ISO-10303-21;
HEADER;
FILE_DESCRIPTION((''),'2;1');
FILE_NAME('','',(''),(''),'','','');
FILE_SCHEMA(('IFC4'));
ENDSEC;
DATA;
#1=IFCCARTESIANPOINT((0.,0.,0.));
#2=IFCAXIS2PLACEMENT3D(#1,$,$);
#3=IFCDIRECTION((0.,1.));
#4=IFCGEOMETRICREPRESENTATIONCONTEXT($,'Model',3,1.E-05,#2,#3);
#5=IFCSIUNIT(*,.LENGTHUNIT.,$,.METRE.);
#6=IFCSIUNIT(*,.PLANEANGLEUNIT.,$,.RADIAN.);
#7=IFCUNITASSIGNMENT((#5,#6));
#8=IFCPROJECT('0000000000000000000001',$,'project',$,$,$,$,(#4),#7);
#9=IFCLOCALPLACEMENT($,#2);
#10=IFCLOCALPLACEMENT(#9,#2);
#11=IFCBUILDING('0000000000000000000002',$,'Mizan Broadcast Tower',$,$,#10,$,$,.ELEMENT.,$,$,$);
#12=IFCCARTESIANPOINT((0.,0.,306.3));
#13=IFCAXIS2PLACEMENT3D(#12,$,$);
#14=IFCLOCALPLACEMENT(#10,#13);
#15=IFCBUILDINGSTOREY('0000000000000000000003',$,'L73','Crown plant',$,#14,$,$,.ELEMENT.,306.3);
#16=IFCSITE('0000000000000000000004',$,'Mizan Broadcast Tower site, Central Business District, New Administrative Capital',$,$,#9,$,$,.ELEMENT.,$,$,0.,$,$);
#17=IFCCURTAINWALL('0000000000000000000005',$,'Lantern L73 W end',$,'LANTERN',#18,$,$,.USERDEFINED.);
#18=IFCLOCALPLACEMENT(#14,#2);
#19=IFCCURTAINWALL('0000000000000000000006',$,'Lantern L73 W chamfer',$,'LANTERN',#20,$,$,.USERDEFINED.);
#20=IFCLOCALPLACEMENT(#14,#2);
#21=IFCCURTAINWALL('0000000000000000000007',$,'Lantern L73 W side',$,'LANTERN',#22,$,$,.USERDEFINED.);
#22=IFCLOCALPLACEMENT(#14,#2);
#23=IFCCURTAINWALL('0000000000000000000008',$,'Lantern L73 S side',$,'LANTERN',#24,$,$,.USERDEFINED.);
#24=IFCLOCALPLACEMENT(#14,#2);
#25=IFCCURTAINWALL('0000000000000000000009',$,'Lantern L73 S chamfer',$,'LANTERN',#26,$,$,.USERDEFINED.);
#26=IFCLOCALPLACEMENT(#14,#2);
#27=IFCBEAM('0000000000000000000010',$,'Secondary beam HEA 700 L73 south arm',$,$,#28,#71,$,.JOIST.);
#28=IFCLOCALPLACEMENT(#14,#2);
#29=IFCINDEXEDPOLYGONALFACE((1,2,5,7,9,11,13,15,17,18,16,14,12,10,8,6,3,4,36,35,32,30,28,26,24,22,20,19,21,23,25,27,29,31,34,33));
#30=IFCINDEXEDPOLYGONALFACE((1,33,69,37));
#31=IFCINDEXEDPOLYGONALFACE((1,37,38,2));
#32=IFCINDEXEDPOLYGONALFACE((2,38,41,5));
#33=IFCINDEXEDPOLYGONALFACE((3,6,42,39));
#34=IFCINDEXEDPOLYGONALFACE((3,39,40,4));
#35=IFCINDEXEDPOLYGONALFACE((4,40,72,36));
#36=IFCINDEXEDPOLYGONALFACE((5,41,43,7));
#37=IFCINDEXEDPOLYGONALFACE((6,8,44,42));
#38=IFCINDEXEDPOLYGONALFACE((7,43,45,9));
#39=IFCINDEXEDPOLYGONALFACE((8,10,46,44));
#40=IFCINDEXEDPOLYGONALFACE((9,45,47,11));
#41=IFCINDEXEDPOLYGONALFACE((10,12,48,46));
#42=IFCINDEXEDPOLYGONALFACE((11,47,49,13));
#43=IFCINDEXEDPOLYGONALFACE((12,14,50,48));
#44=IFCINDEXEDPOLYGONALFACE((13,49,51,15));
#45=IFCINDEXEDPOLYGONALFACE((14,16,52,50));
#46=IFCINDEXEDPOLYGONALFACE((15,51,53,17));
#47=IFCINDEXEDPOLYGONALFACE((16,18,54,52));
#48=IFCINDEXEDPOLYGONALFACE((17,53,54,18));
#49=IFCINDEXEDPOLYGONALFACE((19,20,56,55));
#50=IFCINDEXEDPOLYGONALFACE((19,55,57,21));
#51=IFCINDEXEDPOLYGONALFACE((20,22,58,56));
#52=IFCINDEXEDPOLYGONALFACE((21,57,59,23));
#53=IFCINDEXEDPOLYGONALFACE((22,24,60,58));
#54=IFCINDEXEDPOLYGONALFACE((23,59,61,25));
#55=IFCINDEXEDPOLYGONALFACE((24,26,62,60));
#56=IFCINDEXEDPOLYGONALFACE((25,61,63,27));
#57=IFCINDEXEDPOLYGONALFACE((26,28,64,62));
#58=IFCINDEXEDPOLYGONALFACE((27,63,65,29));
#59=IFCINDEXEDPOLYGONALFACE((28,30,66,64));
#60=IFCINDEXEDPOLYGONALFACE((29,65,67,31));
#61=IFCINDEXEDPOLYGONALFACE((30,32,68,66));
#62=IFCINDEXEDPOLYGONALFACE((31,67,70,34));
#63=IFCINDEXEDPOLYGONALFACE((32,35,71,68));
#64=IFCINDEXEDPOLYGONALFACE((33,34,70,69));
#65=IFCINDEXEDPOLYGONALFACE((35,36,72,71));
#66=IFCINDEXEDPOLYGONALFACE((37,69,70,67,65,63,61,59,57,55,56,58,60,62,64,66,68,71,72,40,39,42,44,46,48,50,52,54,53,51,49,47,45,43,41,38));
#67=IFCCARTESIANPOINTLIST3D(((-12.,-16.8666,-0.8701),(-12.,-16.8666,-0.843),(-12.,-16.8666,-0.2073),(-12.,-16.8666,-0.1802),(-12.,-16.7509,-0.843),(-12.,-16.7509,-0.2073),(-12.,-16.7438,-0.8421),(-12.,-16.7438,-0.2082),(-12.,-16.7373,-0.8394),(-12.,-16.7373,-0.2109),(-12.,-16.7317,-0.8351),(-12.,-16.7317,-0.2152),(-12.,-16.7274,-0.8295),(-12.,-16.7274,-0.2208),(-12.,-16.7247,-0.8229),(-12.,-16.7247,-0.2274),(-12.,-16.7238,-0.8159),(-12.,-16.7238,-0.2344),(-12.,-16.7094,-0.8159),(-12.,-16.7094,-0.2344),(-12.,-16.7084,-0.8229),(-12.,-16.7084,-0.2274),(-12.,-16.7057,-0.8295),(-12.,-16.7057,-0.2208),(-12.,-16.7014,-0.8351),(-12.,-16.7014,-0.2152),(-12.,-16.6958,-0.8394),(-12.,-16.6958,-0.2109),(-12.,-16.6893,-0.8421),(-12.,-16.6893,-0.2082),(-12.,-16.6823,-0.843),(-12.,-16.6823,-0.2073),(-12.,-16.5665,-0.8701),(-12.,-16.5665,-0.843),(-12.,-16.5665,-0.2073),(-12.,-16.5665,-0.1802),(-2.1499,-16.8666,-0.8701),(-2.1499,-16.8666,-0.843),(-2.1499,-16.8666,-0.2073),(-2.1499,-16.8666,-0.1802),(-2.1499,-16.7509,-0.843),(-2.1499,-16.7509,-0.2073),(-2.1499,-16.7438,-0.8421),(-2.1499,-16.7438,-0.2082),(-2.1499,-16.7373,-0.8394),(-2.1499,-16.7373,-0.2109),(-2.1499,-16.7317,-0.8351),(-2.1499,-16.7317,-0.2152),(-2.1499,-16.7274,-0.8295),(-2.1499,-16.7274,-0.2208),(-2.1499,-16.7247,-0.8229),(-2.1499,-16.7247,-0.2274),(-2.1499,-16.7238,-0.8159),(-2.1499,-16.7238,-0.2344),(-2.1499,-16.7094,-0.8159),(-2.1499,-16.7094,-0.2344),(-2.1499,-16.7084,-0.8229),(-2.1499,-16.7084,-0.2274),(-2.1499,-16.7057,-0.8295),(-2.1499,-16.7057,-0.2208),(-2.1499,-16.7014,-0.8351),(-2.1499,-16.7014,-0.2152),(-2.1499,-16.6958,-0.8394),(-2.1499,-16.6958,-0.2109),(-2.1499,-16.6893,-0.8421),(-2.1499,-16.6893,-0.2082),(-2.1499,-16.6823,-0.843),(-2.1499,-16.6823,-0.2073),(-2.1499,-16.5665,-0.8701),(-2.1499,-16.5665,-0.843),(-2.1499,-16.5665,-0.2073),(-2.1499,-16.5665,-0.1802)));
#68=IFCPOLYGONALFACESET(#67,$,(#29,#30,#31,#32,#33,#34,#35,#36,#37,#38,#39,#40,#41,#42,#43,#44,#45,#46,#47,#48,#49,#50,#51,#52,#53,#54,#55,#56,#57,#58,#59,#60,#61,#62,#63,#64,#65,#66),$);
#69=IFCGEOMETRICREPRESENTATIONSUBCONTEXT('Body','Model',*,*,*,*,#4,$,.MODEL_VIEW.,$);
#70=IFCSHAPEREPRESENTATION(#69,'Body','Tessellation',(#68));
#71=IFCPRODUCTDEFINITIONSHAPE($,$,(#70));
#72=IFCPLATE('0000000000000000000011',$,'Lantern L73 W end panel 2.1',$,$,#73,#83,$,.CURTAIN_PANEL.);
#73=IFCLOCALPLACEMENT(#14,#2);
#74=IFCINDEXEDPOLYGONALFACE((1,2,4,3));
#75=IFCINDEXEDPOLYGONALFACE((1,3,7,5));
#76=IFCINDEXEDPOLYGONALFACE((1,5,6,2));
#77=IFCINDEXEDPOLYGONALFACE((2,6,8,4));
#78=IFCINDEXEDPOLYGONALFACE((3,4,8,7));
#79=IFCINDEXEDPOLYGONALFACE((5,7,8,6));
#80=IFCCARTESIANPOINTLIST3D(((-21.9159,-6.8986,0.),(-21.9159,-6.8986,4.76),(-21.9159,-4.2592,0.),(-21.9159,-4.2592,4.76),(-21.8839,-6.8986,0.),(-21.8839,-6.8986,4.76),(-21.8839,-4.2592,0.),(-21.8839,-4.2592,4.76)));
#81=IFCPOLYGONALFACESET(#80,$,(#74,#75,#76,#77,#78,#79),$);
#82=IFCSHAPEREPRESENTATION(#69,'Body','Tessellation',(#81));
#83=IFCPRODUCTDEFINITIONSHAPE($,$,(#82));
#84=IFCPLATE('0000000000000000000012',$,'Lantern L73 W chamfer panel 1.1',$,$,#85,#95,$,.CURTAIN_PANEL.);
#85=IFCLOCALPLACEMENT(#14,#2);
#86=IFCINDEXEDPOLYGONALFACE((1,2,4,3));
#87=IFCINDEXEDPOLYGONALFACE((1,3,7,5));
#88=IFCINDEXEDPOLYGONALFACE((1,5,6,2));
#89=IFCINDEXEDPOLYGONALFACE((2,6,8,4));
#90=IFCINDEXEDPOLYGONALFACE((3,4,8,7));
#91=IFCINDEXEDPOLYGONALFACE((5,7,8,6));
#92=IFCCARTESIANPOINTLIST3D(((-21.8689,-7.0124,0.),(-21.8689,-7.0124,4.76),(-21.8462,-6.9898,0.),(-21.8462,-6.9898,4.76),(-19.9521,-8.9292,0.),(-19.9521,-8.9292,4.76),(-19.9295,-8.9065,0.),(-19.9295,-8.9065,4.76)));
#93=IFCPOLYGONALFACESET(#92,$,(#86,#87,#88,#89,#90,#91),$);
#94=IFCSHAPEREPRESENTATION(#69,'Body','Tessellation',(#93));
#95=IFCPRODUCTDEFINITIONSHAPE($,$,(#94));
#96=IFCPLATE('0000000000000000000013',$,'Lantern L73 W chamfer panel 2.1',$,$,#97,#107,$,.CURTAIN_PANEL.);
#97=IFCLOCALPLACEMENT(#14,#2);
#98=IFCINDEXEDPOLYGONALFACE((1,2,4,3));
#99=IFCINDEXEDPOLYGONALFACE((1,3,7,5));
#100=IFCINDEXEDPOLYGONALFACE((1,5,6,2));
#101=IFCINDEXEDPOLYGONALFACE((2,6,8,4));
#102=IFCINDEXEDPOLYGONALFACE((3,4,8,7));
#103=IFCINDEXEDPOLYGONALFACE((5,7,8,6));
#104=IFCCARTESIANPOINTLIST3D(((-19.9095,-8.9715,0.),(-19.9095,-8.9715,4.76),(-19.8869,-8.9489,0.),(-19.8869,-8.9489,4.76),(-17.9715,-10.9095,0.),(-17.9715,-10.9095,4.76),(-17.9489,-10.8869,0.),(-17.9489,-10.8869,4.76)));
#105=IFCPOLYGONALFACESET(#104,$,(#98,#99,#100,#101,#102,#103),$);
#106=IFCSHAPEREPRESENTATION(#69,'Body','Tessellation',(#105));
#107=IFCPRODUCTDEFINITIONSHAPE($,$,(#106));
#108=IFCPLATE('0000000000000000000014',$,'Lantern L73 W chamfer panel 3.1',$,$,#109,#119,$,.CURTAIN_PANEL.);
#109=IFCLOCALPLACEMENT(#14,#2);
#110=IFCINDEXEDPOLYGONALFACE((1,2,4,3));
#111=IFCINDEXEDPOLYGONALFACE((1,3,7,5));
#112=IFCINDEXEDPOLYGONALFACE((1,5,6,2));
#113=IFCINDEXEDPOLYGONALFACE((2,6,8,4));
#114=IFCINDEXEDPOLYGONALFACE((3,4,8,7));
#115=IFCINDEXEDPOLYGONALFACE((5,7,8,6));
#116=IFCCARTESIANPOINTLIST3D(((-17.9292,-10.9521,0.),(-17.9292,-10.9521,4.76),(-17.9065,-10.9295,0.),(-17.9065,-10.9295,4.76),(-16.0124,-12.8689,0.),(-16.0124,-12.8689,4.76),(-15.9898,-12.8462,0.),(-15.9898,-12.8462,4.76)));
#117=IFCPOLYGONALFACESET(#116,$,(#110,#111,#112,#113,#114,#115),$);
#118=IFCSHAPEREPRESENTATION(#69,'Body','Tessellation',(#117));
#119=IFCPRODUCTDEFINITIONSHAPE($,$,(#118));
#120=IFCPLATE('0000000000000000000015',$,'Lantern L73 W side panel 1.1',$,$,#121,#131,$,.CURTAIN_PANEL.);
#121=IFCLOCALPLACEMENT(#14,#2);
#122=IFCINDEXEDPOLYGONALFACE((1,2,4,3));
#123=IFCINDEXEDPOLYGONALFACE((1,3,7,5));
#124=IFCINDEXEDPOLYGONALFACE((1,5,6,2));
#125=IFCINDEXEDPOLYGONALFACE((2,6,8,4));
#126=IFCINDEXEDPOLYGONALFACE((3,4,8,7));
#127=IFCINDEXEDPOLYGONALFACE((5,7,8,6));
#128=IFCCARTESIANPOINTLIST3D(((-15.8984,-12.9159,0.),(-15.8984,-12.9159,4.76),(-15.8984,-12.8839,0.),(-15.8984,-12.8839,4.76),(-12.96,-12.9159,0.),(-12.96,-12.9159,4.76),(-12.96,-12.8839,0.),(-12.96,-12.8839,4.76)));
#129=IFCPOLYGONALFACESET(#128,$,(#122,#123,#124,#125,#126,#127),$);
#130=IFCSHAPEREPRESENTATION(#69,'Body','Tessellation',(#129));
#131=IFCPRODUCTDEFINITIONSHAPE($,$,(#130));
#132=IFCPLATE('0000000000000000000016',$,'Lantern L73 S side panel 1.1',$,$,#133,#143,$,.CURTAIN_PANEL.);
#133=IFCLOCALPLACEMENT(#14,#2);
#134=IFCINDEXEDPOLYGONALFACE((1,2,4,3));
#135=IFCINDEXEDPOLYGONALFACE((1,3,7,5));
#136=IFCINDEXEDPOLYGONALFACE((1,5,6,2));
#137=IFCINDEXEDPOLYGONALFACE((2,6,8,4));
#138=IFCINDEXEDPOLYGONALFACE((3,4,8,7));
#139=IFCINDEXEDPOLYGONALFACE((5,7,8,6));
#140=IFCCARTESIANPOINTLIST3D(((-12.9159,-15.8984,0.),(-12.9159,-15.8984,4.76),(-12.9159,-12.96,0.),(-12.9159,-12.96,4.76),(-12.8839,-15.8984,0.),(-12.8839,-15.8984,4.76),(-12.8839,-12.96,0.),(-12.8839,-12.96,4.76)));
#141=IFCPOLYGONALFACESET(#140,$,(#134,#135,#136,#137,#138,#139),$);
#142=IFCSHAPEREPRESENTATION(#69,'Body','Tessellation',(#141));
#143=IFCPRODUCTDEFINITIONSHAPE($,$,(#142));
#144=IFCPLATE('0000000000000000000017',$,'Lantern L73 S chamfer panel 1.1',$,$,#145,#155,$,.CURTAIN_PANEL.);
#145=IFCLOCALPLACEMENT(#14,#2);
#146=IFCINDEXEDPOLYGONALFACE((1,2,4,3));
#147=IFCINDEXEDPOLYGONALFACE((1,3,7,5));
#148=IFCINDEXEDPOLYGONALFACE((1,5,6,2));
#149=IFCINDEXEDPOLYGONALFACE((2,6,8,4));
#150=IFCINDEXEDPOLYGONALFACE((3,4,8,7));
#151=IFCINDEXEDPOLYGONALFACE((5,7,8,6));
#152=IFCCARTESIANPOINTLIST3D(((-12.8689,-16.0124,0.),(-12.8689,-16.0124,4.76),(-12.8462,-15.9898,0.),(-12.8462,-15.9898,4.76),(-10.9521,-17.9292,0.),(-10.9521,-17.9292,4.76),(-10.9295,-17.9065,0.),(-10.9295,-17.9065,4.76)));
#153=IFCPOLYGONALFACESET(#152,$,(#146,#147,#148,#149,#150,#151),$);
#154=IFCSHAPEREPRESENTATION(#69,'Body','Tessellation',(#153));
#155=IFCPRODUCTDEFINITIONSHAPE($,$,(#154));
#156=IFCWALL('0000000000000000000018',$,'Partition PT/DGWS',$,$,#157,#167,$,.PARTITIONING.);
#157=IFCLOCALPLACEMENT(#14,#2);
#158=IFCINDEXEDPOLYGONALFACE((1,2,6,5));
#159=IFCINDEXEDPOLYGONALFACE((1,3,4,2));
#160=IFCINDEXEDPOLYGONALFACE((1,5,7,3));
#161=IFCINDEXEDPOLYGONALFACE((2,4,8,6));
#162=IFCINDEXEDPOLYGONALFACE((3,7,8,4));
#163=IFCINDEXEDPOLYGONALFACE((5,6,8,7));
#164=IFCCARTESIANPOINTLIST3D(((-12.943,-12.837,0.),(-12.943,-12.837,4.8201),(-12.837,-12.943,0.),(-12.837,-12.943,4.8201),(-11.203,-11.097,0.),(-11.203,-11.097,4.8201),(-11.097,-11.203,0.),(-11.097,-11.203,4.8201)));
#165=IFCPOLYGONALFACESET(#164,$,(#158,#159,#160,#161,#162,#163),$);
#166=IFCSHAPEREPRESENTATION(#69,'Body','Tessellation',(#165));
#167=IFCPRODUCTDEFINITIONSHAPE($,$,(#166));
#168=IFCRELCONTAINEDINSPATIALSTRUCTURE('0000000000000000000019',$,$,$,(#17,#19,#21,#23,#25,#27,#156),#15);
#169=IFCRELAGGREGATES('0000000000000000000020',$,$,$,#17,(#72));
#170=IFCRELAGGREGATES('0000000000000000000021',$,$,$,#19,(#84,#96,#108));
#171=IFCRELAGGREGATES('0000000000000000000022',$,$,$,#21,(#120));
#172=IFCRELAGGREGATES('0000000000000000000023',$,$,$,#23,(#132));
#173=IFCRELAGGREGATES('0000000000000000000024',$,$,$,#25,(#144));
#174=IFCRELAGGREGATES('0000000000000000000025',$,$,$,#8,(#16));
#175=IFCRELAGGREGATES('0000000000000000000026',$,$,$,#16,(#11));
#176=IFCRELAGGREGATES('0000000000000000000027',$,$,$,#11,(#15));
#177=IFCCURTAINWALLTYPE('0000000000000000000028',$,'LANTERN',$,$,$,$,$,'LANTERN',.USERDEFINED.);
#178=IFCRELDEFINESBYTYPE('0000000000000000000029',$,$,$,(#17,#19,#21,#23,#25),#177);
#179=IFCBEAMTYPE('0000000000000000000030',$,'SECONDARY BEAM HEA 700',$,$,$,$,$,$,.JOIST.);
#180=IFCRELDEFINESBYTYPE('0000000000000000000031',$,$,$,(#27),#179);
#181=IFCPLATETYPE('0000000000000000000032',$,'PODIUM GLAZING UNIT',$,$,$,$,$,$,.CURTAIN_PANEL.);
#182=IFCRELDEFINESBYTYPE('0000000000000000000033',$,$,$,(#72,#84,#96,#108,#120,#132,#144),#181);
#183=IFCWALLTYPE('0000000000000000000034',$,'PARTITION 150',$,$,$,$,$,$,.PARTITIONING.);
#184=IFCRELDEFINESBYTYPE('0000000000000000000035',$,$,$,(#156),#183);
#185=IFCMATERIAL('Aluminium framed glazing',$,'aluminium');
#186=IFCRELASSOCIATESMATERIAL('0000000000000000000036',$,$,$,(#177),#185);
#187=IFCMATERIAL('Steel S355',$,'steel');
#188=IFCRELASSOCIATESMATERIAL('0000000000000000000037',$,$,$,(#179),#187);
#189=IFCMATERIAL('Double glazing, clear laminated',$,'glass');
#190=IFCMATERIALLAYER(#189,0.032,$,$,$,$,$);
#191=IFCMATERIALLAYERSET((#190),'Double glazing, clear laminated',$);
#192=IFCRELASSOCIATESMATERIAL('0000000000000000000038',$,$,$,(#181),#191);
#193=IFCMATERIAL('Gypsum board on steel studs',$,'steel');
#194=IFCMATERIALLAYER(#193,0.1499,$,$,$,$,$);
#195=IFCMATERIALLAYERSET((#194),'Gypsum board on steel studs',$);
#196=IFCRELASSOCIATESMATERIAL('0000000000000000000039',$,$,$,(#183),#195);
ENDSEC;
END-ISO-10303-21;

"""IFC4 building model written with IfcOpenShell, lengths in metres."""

from ifc_helpers import new_model, si_unit, direction, frame, frame_2d, origin, origin_2d, place, context, subcontext, project, spatial, rectangle, i_section, extrude, material, layer, layer_set, material_profile, profile_set, type_object, element, aggregate, save


model = new_model("IFC4")

# Units and contexts
model_context = context("Model", 3, precision=1e-05, world=origin(), true_north=direction((0.0, 1.0)))
body_context = subcontext(model_context, "Body", "Model", "MODEL_VIEW")
ifc_project = project(units=[si_unit("LENGTHUNIT", "METRE"), si_unit("PLANEANGLEUNIT", "RADIAN")], contexts=[model_context])

# Site, building, storey
site_placement = place(None, origin())
site = spatial("IfcSite", under=ifc_project, at=site_placement, Name="Mizan Broadcast Tower site, Central Business District, New Administrative Capital", CompositionType="ELEMENT", RefElevation=0.0)
building_placement = place(site_placement, origin())
building = spatial("IfcBuilding", under=site, at=building_placement, Name="Mizan Broadcast Tower", CompositionType="ELEMENT")
storey_placement = place(building_placement, frame((0.0, 0.0, 306.3)))
storey = spatial("IfcBuildingStorey", under=building, at=storey_placement, Name="L73", Description="Crown plant", CompositionType="ELEMENT", Elevation=306.3)

# Curtain wall
ifc_material_1 = material(Name="Aluminium framed glazing", Category="aluminium")
curtain_wall_type = type_object("IfcCurtainWallType", Name="LANTERN", ElementType="LANTERN", PredefinedType="USERDEFINED", material=ifc_material_1)
curtain_wall_1_placement = place(storey_placement, origin())
curtain_wall_1 = element("IfcCurtainWall", 1, at=curtain_wall_1_placement, inside=storey, type_object=curtain_wall_type, Name="Lantern L73 W end", ObjectType="LANTERN", PredefinedType="USERDEFINED")

# Curtain wall
curtain_wall_2_placement = place(storey_placement, origin())
curtain_wall_2 = element("IfcCurtainWall", 2, at=curtain_wall_2_placement, inside=storey, type_object=curtain_wall_type, Name="Lantern L73 W chamfer", ObjectType="LANTERN", PredefinedType="USERDEFINED")

# Curtain walls
curtain_wall_3_placement = place(storey_placement, origin())
curtain_wall_3 = element("IfcCurtainWall", 3, at=curtain_wall_3_placement, inside=storey, type_object=curtain_wall_type, Name="Lantern L73 W side", ObjectType="LANTERN", PredefinedType="USERDEFINED")
curtain_wall_4_placement = place(storey_placement, origin())
curtain_wall_4 = element("IfcCurtainWall", 4, at=curtain_wall_4_placement, inside=storey, type_object=curtain_wall_type, Name="Lantern L73 S side", ObjectType="LANTERN", PredefinedType="USERDEFINED")

# Curtain wall
curtain_wall_5_placement = place(storey_placement, origin())
curtain_wall_5 = element("IfcCurtainWall", 5, at=curtain_wall_5_placement, inside=storey, type_object=curtain_wall_type, Name="Lantern L73 S chamfer", ObjectType="LANTERN", PredefinedType="USERDEFINED")

# Beam
ifc_material_2 = material(Name="Steel S355", Category="steel")
ifc_material_profile_1 = material_profile(ifc_material_2, i_section(OverallWidth=0.3, OverallDepth=0.6899, WebThickness=0.0144, FlangeThickness=0.0271, FilletRadius=0.0271, at=origin_2d()), Name="HEA 700")
ifc_profile_set_1 = profile_set([ifc_material_profile_1], Name="Steel S355")
beam_type_1 = type_object("IfcBeamType", Name="SECONDARY BEAM HEA 700", PredefinedType="JOIST", material=ifc_profile_set_1)
for number, where, z_axis, x_axis, name in (
    (6, (-12.0, -16.7166, -0.5251), (1.0, 0.0, 0.0), (0.0, 1.0, 0.0), "Secondary beam HEA 700 L73 south arm"),
):
    element("IfcBeam", number, at=place(storey_placement, frame(where, z_axis=z_axis, x_axis=x_axis)), inside=storey, type_object=beam_type_1, Name=name, PredefinedType="JOIST", context=body_context, shape_type="SweptSolid", body=[
        extrude(i_section(OverallWidth=0.3, OverallDepth=0.6899, WebThickness=0.0144, FlangeThickness=0.0271, FilletRadius=0.0271, at=origin_2d()), origin(), (0.0, 0.0, 1.0), 9.8501),
    ])

# Plates
ifc_material_3 = material(Name="Double glazing, clear laminated", Category="glass")
ifc_layer_1 = layer(ifc_material_3, 0.032)
ifc_layer_set_1 = layer_set([ifc_layer_1], Name="Double glazing, clear laminated")
plate_type = type_object("IfcPlateType", Name="PODIUM GLAZING UNIT", PredefinedType="CURTAIN_PANEL", material=ifc_layer_set_1)
plate_1_placement = place(storey_placement, frame((-21.8999, -5.5789, 0.0), z_axis=(0.0, 0.0, 1.0), x_axis=(0.0, -1.0, 0.0)))
plate_1 = element("IfcPlate", 7, at=plate_1_placement, type_object=plate_type, Name="Lantern L73 W end panel 2.1", PredefinedType="CURTAIN_PANEL", context=body_context, shape_type="SweptSolid", body=[
    extrude(rectangle(XDim=2.6394, YDim=0.032, at=origin_2d()), origin(), (0.0, 0.0, 1.0), 4.76),
])
aggregate(curtain_wall_1, [plate_1])
plate_2_placement = place(storey_placement, frame((-20.8992, -7.9595, 0.0), z_axis=(0.0, 0.0, 1.0), x_axis=(0.707107, -0.707107, 0.0)))
plate_2 = element("IfcPlate", 8, at=plate_2_placement, type_object=plate_type, Name="Lantern L73 W chamfer panel 1.1", PredefinedType="CURTAIN_PANEL", context=body_context, shape_type="SweptSolid", body=[
    extrude(rectangle(XDim=2.7107, YDim=0.032, at=origin_2d()), origin(), (0.0, 0.0, 1.0), 4.76),
])
plate_3_placement = place(storey_placement, frame((-18.9292, -9.9292, 0.0), z_axis=(0.0, 0.0, 1.0), x_axis=(0.707107, -0.707107, 0.0)))
plate_3 = element("IfcPlate", 9, at=plate_3_placement, type_object=plate_type, Name="Lantern L73 W chamfer panel 2.1", PredefinedType="CURTAIN_PANEL", context=body_context, shape_type="SweptSolid", body=[
    extrude(rectangle(XDim=2.7407, YDim=0.032, at=origin_2d()), origin(), (0.0, 0.0, 1.0), 4.76),
])
plate_4_placement = place(storey_placement, frame((-16.9595, -11.8992, 0.0), z_axis=(0.0, 0.0, 1.0), x_axis=(0.707107, -0.707107, 0.0)))
plate_4 = element("IfcPlate", 10, at=plate_4_placement, type_object=plate_type, Name="Lantern L73 W chamfer panel 3.1", PredefinedType="CURTAIN_PANEL", context=body_context, shape_type="SweptSolid", body=[
    extrude(rectangle(XDim=2.7107, YDim=0.032, at=origin_2d()), origin(), (0.0, 0.0, 1.0), 4.76),
])
aggregate(curtain_wall_2, [plate_2, plate_3, plate_4])
plate_5_placement = place(storey_placement, frame((-14.4292, -12.8999, 0.0), z_axis=(0.0, 0.0, 1.0), x_axis=(1.0, 0.0, 0.0)))
plate_5 = element("IfcPlate", 11, at=plate_5_placement, type_object=plate_type, Name="Lantern L73 W side panel 1.1", PredefinedType="CURTAIN_PANEL", context=body_context, shape_type="SweptSolid", body=[
    extrude(rectangle(XDim=2.9385, YDim=0.032, at=origin_2d()), origin(), (0.0, 0.0, 1.0), 4.76),
])
aggregate(curtain_wall_3, [plate_5])
plate_6_placement = place(storey_placement, frame((-12.8999, -14.4292, 0.0), z_axis=(0.0, 0.0, 1.0), x_axis=(0.0, -1.0, 0.0)))
plate_6 = element("IfcPlate", 12, at=plate_6_placement, type_object=plate_type, Name="Lantern L73 S side panel 1.1", PredefinedType="CURTAIN_PANEL", context=body_context, shape_type="SweptSolid", body=[
    extrude(rectangle(XDim=2.9385, YDim=0.032, at=origin_2d()), origin(), (0.0, 0.0, 1.0), 4.76),
])
aggregate(curtain_wall_4, [plate_6])
plate_7_placement = place(storey_placement, frame((-11.8992, -16.9595, 0.0), z_axis=(0.0, 0.0, 1.0), x_axis=(0.707107, -0.707107, 0.0)))
plate_7 = element("IfcPlate", 13, at=plate_7_placement, type_object=plate_type, Name="Lantern L73 S chamfer panel 1.1", PredefinedType="CURTAIN_PANEL", context=body_context, shape_type="SweptSolid", body=[
    extrude(rectangle(XDim=2.7107, YDim=0.032, at=origin_2d()), origin(), (0.0, 0.0, 1.0), 4.76),
])
aggregate(curtain_wall_5, [plate_7])

# Wall
ifc_material_4 = material(Name="Gypsum board on steel studs", Category="steel")
ifc_layer_2 = layer(ifc_material_4, 0.1499)
ifc_layer_set_2 = layer_set([ifc_layer_2], Name="Gypsum board on steel studs")
wall_type = type_object("IfcWallType", Name="PARTITION 150", PredefinedType="PARTITIONING", material=ifc_layer_set_2)
wall_placement = place(storey_placement, frame((-11.1499, -11.1499, 0.0), z_axis=(0.0, 0.0, 1.0), x_axis=(-0.707107, -0.707107, 0.0)))
element("IfcWall", 14, at=wall_placement, inside=storey, type_object=wall_type, Name="Partition PT/DGWS", PredefinedType="PARTITIONING", context=body_context, shape_type="SweptSolid", body=[
    extrude(rectangle(XDim=2.4607, YDim=0.1499, at=frame_2d((1.2305, 0.0))), origin(), (0.0, 0.0, 1.0), 4.8201),
])

save(model, "model.ifc")
